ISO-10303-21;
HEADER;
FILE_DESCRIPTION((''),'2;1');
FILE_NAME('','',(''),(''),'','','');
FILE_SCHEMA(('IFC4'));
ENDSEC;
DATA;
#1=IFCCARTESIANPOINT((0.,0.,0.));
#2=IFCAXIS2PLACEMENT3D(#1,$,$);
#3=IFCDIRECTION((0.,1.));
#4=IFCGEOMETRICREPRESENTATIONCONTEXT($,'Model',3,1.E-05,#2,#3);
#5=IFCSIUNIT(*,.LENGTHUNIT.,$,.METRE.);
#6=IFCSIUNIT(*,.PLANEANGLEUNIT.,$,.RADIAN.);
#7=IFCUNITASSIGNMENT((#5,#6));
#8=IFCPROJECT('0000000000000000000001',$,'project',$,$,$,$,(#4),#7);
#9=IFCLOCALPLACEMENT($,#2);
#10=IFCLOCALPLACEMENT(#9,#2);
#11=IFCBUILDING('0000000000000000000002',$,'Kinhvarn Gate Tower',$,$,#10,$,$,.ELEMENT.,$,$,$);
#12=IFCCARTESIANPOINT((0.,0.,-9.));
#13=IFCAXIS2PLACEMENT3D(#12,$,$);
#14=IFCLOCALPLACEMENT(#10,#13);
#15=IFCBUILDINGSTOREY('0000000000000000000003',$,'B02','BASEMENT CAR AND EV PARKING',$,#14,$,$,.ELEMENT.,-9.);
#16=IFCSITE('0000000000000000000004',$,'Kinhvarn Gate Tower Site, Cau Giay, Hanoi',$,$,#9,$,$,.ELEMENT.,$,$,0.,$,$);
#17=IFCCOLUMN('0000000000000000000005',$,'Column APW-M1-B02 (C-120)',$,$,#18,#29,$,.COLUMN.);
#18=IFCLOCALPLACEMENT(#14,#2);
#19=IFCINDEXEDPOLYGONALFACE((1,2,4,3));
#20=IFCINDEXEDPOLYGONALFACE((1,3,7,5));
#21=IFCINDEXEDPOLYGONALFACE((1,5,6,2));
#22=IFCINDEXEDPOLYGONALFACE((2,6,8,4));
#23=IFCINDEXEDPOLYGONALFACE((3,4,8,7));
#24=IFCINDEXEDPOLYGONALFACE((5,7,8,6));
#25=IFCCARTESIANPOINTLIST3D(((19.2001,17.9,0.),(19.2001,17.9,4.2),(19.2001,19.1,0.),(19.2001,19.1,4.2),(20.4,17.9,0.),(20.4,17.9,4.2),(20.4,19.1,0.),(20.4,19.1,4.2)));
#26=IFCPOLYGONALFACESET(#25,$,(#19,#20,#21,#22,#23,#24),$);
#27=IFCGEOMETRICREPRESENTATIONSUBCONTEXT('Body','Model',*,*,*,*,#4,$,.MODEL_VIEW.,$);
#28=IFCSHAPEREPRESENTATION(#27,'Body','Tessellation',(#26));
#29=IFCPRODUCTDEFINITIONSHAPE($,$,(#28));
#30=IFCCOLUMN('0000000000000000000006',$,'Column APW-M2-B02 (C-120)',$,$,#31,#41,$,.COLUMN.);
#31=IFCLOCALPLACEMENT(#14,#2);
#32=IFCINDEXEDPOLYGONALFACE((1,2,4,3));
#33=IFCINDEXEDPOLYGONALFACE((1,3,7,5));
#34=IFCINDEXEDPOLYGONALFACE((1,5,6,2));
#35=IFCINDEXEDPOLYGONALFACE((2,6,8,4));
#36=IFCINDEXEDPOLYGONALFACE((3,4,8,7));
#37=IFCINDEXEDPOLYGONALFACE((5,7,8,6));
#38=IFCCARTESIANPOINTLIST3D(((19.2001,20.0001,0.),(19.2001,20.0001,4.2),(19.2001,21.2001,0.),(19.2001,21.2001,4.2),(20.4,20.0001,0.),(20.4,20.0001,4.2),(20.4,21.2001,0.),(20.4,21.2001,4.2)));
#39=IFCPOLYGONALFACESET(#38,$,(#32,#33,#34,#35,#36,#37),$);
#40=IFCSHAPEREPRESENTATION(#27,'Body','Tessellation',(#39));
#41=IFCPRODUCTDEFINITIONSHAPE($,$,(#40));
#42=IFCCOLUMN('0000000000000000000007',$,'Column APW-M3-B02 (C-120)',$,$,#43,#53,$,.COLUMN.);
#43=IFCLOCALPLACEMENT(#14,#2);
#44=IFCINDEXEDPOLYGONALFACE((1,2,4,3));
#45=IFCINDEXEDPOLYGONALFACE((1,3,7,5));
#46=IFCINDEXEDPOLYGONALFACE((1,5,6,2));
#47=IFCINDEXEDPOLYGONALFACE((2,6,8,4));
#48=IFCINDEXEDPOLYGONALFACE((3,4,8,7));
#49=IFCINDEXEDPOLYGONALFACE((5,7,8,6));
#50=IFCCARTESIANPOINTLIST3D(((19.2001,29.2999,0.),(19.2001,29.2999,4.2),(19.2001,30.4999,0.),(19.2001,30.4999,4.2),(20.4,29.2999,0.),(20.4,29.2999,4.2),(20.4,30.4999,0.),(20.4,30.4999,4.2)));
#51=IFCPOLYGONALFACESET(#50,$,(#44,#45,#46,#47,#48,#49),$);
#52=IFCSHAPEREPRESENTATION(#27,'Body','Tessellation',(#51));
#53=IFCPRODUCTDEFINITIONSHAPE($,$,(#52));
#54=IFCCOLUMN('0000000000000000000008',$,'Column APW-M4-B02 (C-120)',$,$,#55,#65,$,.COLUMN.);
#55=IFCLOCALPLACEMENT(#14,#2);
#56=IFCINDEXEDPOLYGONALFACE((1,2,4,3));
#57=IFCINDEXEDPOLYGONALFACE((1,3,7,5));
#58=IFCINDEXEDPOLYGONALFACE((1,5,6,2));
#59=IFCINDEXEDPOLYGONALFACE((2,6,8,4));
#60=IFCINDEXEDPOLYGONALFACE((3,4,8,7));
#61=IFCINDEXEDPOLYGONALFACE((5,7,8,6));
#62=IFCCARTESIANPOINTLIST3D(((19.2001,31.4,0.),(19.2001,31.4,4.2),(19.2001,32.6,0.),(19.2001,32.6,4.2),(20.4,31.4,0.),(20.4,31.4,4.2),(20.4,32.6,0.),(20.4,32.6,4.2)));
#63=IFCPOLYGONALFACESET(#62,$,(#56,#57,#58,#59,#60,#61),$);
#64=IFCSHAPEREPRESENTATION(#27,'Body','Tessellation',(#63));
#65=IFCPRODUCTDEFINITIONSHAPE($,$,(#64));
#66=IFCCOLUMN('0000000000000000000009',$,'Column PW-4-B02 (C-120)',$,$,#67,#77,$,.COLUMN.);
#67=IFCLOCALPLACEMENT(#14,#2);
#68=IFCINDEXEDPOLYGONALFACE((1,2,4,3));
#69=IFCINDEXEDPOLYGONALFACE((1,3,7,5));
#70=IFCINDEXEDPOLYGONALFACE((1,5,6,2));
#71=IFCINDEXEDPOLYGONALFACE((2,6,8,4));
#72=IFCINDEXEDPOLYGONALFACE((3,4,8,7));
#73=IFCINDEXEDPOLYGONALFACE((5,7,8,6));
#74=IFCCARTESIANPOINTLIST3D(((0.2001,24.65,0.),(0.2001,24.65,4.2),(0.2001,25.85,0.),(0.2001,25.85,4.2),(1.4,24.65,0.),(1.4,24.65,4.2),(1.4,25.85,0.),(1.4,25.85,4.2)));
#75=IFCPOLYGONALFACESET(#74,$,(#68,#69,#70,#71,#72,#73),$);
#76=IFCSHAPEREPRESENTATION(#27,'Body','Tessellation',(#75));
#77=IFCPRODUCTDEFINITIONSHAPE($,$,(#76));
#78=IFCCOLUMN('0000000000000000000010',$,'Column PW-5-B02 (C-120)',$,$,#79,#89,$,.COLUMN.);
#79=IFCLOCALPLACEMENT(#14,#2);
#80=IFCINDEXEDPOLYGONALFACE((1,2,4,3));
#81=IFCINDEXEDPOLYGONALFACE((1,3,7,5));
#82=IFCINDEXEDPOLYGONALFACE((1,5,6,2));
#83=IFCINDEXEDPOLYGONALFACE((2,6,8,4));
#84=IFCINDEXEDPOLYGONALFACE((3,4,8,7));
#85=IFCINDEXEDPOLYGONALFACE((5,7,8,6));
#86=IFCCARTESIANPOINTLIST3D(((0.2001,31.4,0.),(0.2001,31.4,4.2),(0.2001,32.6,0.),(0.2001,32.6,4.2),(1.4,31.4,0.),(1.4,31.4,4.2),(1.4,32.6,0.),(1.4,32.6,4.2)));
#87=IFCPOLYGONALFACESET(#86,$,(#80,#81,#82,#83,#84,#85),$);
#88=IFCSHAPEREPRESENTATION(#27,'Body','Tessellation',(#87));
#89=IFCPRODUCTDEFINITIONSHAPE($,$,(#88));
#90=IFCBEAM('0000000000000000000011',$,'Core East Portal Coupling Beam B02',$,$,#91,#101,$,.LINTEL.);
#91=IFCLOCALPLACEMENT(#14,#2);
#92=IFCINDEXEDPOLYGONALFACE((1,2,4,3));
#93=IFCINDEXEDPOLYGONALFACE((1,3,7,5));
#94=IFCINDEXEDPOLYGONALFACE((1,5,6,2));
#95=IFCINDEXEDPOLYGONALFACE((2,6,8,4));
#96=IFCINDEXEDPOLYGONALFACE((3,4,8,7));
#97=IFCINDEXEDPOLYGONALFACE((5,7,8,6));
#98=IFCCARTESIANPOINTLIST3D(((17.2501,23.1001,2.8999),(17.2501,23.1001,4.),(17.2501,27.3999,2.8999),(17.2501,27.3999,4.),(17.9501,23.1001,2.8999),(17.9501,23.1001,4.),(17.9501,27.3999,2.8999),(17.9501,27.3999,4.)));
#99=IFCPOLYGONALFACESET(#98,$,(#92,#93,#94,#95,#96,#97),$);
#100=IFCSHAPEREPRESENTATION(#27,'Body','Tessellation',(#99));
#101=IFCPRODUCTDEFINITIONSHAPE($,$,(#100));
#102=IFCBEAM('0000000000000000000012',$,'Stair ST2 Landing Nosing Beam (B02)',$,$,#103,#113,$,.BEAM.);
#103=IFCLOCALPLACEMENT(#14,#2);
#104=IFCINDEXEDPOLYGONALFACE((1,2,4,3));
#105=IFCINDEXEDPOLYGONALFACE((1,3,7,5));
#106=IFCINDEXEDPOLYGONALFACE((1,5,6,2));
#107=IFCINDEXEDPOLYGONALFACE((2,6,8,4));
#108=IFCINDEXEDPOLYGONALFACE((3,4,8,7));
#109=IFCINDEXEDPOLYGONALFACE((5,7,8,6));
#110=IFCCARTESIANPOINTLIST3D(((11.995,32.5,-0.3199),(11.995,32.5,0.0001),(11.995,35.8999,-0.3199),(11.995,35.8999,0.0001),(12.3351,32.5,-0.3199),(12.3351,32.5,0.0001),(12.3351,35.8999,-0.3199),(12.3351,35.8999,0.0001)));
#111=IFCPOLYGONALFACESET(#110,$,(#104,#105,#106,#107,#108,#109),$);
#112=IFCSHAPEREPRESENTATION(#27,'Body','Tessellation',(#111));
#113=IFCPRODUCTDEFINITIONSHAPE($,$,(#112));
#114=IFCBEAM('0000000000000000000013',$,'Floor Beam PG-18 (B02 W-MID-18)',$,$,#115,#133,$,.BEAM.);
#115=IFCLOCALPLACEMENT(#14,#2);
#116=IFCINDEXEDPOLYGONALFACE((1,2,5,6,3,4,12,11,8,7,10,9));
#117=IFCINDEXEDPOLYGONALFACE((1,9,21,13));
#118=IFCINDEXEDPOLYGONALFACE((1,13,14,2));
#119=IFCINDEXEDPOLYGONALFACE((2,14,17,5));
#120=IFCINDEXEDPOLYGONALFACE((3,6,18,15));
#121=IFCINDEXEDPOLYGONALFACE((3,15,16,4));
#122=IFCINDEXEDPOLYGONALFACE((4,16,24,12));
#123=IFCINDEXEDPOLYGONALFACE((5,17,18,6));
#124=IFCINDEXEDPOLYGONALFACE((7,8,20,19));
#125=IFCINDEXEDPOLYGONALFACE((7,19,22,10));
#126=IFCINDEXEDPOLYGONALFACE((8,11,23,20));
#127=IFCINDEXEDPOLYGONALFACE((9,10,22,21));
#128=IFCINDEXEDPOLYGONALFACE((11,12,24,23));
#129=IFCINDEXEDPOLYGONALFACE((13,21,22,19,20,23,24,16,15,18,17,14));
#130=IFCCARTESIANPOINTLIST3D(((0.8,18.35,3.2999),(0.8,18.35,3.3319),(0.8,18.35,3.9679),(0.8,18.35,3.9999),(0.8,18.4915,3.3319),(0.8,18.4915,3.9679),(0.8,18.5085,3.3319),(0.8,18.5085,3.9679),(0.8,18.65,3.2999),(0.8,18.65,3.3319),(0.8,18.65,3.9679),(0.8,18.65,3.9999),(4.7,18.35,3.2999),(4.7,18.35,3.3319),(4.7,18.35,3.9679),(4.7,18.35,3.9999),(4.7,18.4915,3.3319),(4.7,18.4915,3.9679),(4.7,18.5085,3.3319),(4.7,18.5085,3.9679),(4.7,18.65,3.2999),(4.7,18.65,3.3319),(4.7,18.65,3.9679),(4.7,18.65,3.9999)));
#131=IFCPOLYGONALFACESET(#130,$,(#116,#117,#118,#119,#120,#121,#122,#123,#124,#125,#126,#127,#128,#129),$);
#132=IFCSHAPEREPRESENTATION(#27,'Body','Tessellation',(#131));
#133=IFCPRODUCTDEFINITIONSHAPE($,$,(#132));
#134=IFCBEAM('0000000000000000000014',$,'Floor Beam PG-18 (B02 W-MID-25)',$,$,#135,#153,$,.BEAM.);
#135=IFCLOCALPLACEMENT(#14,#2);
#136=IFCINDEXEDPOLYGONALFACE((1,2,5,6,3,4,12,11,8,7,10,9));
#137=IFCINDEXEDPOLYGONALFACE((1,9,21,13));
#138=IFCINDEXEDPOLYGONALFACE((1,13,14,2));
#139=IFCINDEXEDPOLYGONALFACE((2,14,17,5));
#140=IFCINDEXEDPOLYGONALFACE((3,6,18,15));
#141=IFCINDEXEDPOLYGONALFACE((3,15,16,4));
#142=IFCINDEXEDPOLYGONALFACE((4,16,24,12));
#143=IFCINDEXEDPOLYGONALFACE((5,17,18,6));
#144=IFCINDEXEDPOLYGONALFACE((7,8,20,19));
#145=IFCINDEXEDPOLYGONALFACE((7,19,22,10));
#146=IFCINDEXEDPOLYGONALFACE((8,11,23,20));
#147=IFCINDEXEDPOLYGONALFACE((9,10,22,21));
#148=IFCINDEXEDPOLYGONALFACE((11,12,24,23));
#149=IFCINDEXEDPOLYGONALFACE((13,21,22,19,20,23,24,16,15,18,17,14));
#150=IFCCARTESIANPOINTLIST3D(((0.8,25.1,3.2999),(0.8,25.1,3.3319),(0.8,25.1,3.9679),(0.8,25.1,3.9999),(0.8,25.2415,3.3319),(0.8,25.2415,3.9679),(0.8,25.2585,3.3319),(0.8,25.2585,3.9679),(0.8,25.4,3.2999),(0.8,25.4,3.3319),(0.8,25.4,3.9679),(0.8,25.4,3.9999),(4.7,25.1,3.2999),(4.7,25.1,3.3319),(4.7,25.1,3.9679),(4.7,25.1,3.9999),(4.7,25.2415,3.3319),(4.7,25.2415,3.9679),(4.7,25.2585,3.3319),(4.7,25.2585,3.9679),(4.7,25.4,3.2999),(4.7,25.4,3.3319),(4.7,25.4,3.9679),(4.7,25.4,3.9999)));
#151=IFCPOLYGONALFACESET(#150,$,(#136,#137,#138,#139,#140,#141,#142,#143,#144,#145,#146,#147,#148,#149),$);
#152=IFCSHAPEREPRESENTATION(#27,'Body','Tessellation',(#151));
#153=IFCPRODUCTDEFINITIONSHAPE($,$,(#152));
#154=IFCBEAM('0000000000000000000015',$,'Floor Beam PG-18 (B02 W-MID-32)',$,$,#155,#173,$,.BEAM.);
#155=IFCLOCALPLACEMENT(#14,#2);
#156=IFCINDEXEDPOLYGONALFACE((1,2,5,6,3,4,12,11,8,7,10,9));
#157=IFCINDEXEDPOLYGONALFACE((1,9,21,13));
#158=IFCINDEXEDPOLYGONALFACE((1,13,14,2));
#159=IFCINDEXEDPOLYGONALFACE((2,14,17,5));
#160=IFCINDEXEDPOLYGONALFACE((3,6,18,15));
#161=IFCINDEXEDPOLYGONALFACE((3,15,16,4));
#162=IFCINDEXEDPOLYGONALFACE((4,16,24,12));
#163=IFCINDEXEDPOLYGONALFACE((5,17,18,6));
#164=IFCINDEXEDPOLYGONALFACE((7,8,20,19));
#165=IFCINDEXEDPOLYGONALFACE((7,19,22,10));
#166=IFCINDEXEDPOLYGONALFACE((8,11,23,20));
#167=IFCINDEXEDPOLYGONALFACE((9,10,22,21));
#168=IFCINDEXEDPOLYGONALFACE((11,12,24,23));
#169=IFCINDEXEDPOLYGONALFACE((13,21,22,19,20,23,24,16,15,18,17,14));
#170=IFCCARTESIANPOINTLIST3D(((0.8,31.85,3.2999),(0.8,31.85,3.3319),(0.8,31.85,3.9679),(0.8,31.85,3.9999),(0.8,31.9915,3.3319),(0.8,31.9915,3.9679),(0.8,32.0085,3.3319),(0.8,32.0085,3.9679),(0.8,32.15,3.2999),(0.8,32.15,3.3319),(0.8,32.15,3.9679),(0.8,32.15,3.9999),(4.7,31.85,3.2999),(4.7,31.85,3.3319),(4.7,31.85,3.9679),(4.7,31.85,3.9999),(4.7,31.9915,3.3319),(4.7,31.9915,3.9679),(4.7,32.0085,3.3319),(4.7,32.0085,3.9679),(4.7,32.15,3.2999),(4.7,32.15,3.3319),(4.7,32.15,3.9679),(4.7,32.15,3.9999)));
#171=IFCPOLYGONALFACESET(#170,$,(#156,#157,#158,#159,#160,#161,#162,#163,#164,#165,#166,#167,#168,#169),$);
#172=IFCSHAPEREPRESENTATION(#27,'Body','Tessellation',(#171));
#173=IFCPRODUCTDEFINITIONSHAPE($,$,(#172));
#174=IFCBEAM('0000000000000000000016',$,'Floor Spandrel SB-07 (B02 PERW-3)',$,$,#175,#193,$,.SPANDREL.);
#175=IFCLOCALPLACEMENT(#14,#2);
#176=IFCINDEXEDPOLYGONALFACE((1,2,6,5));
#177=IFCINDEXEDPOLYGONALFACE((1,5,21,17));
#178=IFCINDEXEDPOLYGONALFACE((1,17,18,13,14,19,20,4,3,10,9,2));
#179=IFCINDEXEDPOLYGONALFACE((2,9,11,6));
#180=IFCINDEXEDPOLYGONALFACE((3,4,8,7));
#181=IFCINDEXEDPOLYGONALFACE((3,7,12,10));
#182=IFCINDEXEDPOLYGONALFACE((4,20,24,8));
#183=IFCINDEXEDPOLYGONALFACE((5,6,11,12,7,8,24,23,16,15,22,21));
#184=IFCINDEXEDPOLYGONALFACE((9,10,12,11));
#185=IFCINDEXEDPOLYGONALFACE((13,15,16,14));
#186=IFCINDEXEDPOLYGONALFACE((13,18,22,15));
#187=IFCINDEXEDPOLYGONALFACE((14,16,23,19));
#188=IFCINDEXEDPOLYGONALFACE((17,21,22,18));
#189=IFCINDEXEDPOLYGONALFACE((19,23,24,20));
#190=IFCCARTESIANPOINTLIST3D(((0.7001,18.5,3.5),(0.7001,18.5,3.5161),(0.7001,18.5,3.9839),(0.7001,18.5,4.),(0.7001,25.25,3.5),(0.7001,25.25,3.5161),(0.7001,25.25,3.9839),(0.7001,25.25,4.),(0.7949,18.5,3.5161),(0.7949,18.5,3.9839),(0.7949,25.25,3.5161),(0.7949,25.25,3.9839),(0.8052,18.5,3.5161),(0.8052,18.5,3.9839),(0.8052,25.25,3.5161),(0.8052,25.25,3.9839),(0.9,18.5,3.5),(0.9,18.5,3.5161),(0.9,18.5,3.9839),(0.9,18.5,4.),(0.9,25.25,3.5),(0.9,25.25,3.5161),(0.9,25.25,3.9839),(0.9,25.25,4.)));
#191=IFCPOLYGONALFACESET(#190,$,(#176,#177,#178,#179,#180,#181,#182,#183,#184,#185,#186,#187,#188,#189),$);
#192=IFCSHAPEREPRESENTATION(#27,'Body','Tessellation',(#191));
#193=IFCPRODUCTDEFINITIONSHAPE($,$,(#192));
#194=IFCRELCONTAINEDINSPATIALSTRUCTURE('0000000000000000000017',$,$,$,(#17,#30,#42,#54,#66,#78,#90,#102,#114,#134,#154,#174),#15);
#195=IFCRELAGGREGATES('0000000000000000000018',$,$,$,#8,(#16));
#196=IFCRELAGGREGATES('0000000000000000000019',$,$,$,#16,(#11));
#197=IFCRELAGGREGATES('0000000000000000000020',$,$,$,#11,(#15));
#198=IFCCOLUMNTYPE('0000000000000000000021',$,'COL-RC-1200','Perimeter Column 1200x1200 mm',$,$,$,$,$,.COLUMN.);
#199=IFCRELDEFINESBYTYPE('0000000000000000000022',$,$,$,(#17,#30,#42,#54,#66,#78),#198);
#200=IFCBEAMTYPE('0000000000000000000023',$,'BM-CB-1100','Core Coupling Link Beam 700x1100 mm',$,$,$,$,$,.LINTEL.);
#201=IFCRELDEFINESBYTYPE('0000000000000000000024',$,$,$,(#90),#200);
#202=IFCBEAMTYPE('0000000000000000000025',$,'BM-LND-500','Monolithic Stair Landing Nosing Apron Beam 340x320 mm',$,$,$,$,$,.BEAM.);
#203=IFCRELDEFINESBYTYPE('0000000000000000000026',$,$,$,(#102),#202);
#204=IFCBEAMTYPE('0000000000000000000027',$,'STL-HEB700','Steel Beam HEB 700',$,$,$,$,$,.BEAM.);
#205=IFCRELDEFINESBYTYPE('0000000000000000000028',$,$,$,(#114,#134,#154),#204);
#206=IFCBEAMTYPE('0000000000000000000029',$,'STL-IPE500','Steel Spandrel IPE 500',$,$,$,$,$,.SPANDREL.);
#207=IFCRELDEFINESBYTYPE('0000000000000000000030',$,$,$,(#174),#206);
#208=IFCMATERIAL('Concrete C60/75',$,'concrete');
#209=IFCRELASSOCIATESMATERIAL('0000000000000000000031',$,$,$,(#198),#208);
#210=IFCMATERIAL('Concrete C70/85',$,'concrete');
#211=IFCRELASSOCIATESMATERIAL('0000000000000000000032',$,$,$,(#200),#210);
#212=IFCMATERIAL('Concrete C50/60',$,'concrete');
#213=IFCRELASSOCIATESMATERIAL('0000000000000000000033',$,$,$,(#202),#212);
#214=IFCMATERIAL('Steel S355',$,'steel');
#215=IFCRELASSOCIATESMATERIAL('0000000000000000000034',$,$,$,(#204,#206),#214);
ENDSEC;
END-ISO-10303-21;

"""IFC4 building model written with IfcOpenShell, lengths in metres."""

from ifc_helpers import new_model, si_unit, direction, frame, origin, origin_2d, place, context, subcontext, project, spatial, rectangle, i_section, extrude, material, material_profile, profile_set, type_object, element, save


model = new_model("IFC4")

# Units and contexts
model_context = context("Model", 3, precision=1e-05, world=origin(), true_north=direction((0.0, 1.0)))
body_context = subcontext(model_context, "Body", "Model", "MODEL_VIEW")
ifc_project = project(units=[si_unit("LENGTHUNIT", "METRE"), si_unit("PLANEANGLEUNIT", "RADIAN")], contexts=[model_context])

# Site, building, storey
site_placement = place(None, origin())
site = spatial("IfcSite", under=ifc_project, at=site_placement, Name="Kinhvarn Gate Tower Site, Cau Giay, Hanoi", CompositionType="ELEMENT", RefElevation=0.0)
building_placement = place(site_placement, origin())
building = spatial("IfcBuilding", under=site, at=building_placement, Name="Kinhvarn Gate Tower", CompositionType="ELEMENT")
storey_placement = place(building_placement, frame((0.0, 0.0, -9.0)))
storey = spatial("IfcBuildingStorey", under=building, at=storey_placement, Name="B02", Description="BASEMENT CAR AND EV PARKING", CompositionType="ELEMENT", Elevation=-9.0)

# Columns
ifc_material_1 = material(Name="Concrete C60/75", Category="concrete")
ifc_material_profile_1 = material_profile(ifc_material_1, rectangle(XDim=1.2, YDim=1.2, at=origin_2d()), Name="RC 1200x1200")
ifc_profile_set_1 = profile_set([ifc_material_profile_1], Name="Concrete C60/75")
column_type = type_object("IfcColumnType", Name="COL-RC-1200", Description="Perimeter Column 1200x1200 mm", PredefinedType="COLUMN", material=ifc_profile_set_1)
for number, where, z_axis, x_axis, name in (
    (1, (19.8, 18.5, 0.0), (0.0, 0.0, 1.0), (1.0, 0.0, 0.0), "Column APW-M1-B02 (C-120)"),
    (2, (19.8, 20.6001, 0.0), (0.0, 0.0, 1.0), (1.0, 0.0, 0.0), "Column APW-M2-B02 (C-120)"),
    (3, (19.8, 29.8999, 0.0), (0.0, 0.0, 1.0), (1.0, 0.0, 0.0), "Column APW-M3-B02 (C-120)"),
    (4, (19.8, 32.0, 0.0), (0.0, 0.0, 1.0), (1.0, 0.0, 0.0), "Column APW-M4-B02 (C-120)"),
    (5, (0.8, 25.25, 0.0), (0.0, 0.0, 1.0), (1.0, 0.0, 0.0), "Column PW-4-B02 (C-120)"),
    (6, (0.8, 32.0, 0.0), (0.0, 0.0, 1.0), (1.0, 0.0, 0.0), "Column PW-5-B02 (C-120)"),
):
    element("IfcColumn", number, at=place(storey_placement, frame(where, z_axis=z_axis, x_axis=x_axis)), inside=storey, type_object=column_type, Name=name, PredefinedType="COLUMN", context=body_context, shape_type="SweptSolid", body=[
        extrude(rectangle(XDim=1.2, YDim=1.2, at=origin_2d()), origin(), (0.0, 0.0, 1.0), 4.2),
    ])

# Beams
ifc_material_2 = material(Name="Concrete C70/85", Category="concrete")
ifc_material_profile_2 = material_profile(ifc_material_2, rectangle(XDim=0.7, YDim=1.1001, at=origin_2d()), Name="RC 700x1100")
ifc_profile_set_2 = profile_set([ifc_material_profile_2], Name="Concrete C70/85")
beam_type_1 = type_object("IfcBeamType", Name="BM-CB-1100", Description="Core Coupling Link Beam 700x1100 mm", PredefinedType="LINTEL", material=ifc_profile_set_2)
beam_1_placement = place(storey_placement, frame((17.6001, 23.1001, 3.45), z_axis=(0.0, 1.0, 0.0), x_axis=(-1.0, 0.0, 0.0)))
element("IfcBeam", 7, at=beam_1_placement, inside=storey, type_object=beam_type_1, Name="Core East Portal Coupling Beam B02", PredefinedType="LINTEL", context=body_context, shape_type="SweptSolid", body=[
    extrude(rectangle(XDim=0.7, YDim=1.1001, at=origin_2d()), origin(), (0.0, 0.0, 1.0), 4.2998),
])
ifc_material_3 = material(Name="Concrete C50/60", Category="concrete")
ifc_material_profile_3 = material_profile(ifc_material_3, rectangle(XDim=0.3401, YDim=0.3201, at=origin_2d()), Name="RC 340x320")
ifc_profile_set_3 = profile_set([ifc_material_profile_3], Name="Concrete C50/60")
beam_type_2 = type_object("IfcBeamType", Name="BM-LND-500", Description="Monolithic Stair Landing Nosing Apron Beam 340x320 mm", PredefinedType="BEAM", material=ifc_profile_set_3)
beam_2_placement = place(storey_placement, frame((12.165, 32.5, -0.1599), z_axis=(0.0, 1.0, 0.0), x_axis=(-1.0, 0.0, 0.0)))
element("IfcBeam", 8, at=beam_2_placement, inside=storey, type_object=beam_type_2, Name="Stair ST2 Landing Nosing Beam (B02)", PredefinedType="BEAM", context=body_context, shape_type="SweptSolid", body=[
    extrude(rectangle(XDim=0.3401, YDim=0.3201, at=origin_2d()), origin(), (0.0, 0.0, 1.0), 3.3999),
])
ifc_material_4 = material(Name="Steel S355", Category="steel")
ifc_material_profile_4 = material_profile(ifc_material_4, i_section(OverallWidth=0.3, OverallDepth=0.7, WebThickness=0.0171, FlangeThickness=0.032, at=origin_2d()), Name="HEB 700")
ifc_profile_set_4 = profile_set([ifc_material_profile_4], Name="Steel S355")
beam_type_3 = type_object("IfcBeamType", Name="STL-HEB700", Description="Steel Beam HEB 700", PredefinedType="BEAM", material=ifc_profile_set_4)
for number, where, z_axis, x_axis, name in (
    (9, (0.8, 18.5, 3.6499), (1.0, 0.0, 0.0), (0.0, 1.0, 0.0), "Floor Beam PG-18 (B02 W-MID-18)"),
    (10, (0.8, 25.25, 3.6499), (1.0, 0.0, 0.0), (0.0, 1.0, 0.0), "Floor Beam PG-18 (B02 W-MID-25)"),
    (11, (0.8, 32.0, 3.6499), (1.0, 0.0, 0.0), (0.0, 1.0, 0.0), "Floor Beam PG-18 (B02 W-MID-32)"),
):
    element("IfcBeam", number, at=place(storey_placement, frame(where, z_axis=z_axis, x_axis=x_axis)), inside=storey, type_object=beam_type_3, Name=name, PredefinedType="BEAM", context=body_context, shape_type="SweptSolid", body=[
        extrude(i_section(OverallWidth=0.3, OverallDepth=0.7, WebThickness=0.0171, FlangeThickness=0.032, at=origin_2d()), origin(), (0.0, 0.0, 1.0), 3.8999),
    ])
ifc_material_profile_5 = material_profile(ifc_material_4, i_section(OverallWidth=0.2, OverallDepth=0.5, WebThickness=0.0103, FlangeThickness=0.0161, at=origin_2d()), Name="IPE 500")
ifc_profile_set_5 = profile_set([ifc_material_profile_5], Name="Steel S355")
beam_type_4 = type_object("IfcBeamType", Name="STL-IPE500", Description="Steel Spandrel IPE 500", PredefinedType="SPANDREL", material=ifc_profile_set_5)
for number, where, z_axis, x_axis, name in (
    (12, (0.8, 18.5, 3.75), (0.0, 1.0, 0.0), (-1.0, 0.0, 0.0), "Floor Spandrel SB-07 (B02 PERW-3)"),
):
    element("IfcBeam", number, at=place(storey_placement, frame(where, z_axis=z_axis, x_axis=x_axis)), inside=storey, type_object=beam_type_4, Name=name, PredefinedType="SPANDREL", context=body_context, shape_type="SweptSolid", body=[
        extrude(i_section(OverallWidth=0.2, OverallDepth=0.5, WebThickness=0.0103, FlangeThickness=0.0161, at=origin_2d()), origin(), (0.0, 0.0, 1.0), 6.75),
    ])

save(model, "model.ifc")
